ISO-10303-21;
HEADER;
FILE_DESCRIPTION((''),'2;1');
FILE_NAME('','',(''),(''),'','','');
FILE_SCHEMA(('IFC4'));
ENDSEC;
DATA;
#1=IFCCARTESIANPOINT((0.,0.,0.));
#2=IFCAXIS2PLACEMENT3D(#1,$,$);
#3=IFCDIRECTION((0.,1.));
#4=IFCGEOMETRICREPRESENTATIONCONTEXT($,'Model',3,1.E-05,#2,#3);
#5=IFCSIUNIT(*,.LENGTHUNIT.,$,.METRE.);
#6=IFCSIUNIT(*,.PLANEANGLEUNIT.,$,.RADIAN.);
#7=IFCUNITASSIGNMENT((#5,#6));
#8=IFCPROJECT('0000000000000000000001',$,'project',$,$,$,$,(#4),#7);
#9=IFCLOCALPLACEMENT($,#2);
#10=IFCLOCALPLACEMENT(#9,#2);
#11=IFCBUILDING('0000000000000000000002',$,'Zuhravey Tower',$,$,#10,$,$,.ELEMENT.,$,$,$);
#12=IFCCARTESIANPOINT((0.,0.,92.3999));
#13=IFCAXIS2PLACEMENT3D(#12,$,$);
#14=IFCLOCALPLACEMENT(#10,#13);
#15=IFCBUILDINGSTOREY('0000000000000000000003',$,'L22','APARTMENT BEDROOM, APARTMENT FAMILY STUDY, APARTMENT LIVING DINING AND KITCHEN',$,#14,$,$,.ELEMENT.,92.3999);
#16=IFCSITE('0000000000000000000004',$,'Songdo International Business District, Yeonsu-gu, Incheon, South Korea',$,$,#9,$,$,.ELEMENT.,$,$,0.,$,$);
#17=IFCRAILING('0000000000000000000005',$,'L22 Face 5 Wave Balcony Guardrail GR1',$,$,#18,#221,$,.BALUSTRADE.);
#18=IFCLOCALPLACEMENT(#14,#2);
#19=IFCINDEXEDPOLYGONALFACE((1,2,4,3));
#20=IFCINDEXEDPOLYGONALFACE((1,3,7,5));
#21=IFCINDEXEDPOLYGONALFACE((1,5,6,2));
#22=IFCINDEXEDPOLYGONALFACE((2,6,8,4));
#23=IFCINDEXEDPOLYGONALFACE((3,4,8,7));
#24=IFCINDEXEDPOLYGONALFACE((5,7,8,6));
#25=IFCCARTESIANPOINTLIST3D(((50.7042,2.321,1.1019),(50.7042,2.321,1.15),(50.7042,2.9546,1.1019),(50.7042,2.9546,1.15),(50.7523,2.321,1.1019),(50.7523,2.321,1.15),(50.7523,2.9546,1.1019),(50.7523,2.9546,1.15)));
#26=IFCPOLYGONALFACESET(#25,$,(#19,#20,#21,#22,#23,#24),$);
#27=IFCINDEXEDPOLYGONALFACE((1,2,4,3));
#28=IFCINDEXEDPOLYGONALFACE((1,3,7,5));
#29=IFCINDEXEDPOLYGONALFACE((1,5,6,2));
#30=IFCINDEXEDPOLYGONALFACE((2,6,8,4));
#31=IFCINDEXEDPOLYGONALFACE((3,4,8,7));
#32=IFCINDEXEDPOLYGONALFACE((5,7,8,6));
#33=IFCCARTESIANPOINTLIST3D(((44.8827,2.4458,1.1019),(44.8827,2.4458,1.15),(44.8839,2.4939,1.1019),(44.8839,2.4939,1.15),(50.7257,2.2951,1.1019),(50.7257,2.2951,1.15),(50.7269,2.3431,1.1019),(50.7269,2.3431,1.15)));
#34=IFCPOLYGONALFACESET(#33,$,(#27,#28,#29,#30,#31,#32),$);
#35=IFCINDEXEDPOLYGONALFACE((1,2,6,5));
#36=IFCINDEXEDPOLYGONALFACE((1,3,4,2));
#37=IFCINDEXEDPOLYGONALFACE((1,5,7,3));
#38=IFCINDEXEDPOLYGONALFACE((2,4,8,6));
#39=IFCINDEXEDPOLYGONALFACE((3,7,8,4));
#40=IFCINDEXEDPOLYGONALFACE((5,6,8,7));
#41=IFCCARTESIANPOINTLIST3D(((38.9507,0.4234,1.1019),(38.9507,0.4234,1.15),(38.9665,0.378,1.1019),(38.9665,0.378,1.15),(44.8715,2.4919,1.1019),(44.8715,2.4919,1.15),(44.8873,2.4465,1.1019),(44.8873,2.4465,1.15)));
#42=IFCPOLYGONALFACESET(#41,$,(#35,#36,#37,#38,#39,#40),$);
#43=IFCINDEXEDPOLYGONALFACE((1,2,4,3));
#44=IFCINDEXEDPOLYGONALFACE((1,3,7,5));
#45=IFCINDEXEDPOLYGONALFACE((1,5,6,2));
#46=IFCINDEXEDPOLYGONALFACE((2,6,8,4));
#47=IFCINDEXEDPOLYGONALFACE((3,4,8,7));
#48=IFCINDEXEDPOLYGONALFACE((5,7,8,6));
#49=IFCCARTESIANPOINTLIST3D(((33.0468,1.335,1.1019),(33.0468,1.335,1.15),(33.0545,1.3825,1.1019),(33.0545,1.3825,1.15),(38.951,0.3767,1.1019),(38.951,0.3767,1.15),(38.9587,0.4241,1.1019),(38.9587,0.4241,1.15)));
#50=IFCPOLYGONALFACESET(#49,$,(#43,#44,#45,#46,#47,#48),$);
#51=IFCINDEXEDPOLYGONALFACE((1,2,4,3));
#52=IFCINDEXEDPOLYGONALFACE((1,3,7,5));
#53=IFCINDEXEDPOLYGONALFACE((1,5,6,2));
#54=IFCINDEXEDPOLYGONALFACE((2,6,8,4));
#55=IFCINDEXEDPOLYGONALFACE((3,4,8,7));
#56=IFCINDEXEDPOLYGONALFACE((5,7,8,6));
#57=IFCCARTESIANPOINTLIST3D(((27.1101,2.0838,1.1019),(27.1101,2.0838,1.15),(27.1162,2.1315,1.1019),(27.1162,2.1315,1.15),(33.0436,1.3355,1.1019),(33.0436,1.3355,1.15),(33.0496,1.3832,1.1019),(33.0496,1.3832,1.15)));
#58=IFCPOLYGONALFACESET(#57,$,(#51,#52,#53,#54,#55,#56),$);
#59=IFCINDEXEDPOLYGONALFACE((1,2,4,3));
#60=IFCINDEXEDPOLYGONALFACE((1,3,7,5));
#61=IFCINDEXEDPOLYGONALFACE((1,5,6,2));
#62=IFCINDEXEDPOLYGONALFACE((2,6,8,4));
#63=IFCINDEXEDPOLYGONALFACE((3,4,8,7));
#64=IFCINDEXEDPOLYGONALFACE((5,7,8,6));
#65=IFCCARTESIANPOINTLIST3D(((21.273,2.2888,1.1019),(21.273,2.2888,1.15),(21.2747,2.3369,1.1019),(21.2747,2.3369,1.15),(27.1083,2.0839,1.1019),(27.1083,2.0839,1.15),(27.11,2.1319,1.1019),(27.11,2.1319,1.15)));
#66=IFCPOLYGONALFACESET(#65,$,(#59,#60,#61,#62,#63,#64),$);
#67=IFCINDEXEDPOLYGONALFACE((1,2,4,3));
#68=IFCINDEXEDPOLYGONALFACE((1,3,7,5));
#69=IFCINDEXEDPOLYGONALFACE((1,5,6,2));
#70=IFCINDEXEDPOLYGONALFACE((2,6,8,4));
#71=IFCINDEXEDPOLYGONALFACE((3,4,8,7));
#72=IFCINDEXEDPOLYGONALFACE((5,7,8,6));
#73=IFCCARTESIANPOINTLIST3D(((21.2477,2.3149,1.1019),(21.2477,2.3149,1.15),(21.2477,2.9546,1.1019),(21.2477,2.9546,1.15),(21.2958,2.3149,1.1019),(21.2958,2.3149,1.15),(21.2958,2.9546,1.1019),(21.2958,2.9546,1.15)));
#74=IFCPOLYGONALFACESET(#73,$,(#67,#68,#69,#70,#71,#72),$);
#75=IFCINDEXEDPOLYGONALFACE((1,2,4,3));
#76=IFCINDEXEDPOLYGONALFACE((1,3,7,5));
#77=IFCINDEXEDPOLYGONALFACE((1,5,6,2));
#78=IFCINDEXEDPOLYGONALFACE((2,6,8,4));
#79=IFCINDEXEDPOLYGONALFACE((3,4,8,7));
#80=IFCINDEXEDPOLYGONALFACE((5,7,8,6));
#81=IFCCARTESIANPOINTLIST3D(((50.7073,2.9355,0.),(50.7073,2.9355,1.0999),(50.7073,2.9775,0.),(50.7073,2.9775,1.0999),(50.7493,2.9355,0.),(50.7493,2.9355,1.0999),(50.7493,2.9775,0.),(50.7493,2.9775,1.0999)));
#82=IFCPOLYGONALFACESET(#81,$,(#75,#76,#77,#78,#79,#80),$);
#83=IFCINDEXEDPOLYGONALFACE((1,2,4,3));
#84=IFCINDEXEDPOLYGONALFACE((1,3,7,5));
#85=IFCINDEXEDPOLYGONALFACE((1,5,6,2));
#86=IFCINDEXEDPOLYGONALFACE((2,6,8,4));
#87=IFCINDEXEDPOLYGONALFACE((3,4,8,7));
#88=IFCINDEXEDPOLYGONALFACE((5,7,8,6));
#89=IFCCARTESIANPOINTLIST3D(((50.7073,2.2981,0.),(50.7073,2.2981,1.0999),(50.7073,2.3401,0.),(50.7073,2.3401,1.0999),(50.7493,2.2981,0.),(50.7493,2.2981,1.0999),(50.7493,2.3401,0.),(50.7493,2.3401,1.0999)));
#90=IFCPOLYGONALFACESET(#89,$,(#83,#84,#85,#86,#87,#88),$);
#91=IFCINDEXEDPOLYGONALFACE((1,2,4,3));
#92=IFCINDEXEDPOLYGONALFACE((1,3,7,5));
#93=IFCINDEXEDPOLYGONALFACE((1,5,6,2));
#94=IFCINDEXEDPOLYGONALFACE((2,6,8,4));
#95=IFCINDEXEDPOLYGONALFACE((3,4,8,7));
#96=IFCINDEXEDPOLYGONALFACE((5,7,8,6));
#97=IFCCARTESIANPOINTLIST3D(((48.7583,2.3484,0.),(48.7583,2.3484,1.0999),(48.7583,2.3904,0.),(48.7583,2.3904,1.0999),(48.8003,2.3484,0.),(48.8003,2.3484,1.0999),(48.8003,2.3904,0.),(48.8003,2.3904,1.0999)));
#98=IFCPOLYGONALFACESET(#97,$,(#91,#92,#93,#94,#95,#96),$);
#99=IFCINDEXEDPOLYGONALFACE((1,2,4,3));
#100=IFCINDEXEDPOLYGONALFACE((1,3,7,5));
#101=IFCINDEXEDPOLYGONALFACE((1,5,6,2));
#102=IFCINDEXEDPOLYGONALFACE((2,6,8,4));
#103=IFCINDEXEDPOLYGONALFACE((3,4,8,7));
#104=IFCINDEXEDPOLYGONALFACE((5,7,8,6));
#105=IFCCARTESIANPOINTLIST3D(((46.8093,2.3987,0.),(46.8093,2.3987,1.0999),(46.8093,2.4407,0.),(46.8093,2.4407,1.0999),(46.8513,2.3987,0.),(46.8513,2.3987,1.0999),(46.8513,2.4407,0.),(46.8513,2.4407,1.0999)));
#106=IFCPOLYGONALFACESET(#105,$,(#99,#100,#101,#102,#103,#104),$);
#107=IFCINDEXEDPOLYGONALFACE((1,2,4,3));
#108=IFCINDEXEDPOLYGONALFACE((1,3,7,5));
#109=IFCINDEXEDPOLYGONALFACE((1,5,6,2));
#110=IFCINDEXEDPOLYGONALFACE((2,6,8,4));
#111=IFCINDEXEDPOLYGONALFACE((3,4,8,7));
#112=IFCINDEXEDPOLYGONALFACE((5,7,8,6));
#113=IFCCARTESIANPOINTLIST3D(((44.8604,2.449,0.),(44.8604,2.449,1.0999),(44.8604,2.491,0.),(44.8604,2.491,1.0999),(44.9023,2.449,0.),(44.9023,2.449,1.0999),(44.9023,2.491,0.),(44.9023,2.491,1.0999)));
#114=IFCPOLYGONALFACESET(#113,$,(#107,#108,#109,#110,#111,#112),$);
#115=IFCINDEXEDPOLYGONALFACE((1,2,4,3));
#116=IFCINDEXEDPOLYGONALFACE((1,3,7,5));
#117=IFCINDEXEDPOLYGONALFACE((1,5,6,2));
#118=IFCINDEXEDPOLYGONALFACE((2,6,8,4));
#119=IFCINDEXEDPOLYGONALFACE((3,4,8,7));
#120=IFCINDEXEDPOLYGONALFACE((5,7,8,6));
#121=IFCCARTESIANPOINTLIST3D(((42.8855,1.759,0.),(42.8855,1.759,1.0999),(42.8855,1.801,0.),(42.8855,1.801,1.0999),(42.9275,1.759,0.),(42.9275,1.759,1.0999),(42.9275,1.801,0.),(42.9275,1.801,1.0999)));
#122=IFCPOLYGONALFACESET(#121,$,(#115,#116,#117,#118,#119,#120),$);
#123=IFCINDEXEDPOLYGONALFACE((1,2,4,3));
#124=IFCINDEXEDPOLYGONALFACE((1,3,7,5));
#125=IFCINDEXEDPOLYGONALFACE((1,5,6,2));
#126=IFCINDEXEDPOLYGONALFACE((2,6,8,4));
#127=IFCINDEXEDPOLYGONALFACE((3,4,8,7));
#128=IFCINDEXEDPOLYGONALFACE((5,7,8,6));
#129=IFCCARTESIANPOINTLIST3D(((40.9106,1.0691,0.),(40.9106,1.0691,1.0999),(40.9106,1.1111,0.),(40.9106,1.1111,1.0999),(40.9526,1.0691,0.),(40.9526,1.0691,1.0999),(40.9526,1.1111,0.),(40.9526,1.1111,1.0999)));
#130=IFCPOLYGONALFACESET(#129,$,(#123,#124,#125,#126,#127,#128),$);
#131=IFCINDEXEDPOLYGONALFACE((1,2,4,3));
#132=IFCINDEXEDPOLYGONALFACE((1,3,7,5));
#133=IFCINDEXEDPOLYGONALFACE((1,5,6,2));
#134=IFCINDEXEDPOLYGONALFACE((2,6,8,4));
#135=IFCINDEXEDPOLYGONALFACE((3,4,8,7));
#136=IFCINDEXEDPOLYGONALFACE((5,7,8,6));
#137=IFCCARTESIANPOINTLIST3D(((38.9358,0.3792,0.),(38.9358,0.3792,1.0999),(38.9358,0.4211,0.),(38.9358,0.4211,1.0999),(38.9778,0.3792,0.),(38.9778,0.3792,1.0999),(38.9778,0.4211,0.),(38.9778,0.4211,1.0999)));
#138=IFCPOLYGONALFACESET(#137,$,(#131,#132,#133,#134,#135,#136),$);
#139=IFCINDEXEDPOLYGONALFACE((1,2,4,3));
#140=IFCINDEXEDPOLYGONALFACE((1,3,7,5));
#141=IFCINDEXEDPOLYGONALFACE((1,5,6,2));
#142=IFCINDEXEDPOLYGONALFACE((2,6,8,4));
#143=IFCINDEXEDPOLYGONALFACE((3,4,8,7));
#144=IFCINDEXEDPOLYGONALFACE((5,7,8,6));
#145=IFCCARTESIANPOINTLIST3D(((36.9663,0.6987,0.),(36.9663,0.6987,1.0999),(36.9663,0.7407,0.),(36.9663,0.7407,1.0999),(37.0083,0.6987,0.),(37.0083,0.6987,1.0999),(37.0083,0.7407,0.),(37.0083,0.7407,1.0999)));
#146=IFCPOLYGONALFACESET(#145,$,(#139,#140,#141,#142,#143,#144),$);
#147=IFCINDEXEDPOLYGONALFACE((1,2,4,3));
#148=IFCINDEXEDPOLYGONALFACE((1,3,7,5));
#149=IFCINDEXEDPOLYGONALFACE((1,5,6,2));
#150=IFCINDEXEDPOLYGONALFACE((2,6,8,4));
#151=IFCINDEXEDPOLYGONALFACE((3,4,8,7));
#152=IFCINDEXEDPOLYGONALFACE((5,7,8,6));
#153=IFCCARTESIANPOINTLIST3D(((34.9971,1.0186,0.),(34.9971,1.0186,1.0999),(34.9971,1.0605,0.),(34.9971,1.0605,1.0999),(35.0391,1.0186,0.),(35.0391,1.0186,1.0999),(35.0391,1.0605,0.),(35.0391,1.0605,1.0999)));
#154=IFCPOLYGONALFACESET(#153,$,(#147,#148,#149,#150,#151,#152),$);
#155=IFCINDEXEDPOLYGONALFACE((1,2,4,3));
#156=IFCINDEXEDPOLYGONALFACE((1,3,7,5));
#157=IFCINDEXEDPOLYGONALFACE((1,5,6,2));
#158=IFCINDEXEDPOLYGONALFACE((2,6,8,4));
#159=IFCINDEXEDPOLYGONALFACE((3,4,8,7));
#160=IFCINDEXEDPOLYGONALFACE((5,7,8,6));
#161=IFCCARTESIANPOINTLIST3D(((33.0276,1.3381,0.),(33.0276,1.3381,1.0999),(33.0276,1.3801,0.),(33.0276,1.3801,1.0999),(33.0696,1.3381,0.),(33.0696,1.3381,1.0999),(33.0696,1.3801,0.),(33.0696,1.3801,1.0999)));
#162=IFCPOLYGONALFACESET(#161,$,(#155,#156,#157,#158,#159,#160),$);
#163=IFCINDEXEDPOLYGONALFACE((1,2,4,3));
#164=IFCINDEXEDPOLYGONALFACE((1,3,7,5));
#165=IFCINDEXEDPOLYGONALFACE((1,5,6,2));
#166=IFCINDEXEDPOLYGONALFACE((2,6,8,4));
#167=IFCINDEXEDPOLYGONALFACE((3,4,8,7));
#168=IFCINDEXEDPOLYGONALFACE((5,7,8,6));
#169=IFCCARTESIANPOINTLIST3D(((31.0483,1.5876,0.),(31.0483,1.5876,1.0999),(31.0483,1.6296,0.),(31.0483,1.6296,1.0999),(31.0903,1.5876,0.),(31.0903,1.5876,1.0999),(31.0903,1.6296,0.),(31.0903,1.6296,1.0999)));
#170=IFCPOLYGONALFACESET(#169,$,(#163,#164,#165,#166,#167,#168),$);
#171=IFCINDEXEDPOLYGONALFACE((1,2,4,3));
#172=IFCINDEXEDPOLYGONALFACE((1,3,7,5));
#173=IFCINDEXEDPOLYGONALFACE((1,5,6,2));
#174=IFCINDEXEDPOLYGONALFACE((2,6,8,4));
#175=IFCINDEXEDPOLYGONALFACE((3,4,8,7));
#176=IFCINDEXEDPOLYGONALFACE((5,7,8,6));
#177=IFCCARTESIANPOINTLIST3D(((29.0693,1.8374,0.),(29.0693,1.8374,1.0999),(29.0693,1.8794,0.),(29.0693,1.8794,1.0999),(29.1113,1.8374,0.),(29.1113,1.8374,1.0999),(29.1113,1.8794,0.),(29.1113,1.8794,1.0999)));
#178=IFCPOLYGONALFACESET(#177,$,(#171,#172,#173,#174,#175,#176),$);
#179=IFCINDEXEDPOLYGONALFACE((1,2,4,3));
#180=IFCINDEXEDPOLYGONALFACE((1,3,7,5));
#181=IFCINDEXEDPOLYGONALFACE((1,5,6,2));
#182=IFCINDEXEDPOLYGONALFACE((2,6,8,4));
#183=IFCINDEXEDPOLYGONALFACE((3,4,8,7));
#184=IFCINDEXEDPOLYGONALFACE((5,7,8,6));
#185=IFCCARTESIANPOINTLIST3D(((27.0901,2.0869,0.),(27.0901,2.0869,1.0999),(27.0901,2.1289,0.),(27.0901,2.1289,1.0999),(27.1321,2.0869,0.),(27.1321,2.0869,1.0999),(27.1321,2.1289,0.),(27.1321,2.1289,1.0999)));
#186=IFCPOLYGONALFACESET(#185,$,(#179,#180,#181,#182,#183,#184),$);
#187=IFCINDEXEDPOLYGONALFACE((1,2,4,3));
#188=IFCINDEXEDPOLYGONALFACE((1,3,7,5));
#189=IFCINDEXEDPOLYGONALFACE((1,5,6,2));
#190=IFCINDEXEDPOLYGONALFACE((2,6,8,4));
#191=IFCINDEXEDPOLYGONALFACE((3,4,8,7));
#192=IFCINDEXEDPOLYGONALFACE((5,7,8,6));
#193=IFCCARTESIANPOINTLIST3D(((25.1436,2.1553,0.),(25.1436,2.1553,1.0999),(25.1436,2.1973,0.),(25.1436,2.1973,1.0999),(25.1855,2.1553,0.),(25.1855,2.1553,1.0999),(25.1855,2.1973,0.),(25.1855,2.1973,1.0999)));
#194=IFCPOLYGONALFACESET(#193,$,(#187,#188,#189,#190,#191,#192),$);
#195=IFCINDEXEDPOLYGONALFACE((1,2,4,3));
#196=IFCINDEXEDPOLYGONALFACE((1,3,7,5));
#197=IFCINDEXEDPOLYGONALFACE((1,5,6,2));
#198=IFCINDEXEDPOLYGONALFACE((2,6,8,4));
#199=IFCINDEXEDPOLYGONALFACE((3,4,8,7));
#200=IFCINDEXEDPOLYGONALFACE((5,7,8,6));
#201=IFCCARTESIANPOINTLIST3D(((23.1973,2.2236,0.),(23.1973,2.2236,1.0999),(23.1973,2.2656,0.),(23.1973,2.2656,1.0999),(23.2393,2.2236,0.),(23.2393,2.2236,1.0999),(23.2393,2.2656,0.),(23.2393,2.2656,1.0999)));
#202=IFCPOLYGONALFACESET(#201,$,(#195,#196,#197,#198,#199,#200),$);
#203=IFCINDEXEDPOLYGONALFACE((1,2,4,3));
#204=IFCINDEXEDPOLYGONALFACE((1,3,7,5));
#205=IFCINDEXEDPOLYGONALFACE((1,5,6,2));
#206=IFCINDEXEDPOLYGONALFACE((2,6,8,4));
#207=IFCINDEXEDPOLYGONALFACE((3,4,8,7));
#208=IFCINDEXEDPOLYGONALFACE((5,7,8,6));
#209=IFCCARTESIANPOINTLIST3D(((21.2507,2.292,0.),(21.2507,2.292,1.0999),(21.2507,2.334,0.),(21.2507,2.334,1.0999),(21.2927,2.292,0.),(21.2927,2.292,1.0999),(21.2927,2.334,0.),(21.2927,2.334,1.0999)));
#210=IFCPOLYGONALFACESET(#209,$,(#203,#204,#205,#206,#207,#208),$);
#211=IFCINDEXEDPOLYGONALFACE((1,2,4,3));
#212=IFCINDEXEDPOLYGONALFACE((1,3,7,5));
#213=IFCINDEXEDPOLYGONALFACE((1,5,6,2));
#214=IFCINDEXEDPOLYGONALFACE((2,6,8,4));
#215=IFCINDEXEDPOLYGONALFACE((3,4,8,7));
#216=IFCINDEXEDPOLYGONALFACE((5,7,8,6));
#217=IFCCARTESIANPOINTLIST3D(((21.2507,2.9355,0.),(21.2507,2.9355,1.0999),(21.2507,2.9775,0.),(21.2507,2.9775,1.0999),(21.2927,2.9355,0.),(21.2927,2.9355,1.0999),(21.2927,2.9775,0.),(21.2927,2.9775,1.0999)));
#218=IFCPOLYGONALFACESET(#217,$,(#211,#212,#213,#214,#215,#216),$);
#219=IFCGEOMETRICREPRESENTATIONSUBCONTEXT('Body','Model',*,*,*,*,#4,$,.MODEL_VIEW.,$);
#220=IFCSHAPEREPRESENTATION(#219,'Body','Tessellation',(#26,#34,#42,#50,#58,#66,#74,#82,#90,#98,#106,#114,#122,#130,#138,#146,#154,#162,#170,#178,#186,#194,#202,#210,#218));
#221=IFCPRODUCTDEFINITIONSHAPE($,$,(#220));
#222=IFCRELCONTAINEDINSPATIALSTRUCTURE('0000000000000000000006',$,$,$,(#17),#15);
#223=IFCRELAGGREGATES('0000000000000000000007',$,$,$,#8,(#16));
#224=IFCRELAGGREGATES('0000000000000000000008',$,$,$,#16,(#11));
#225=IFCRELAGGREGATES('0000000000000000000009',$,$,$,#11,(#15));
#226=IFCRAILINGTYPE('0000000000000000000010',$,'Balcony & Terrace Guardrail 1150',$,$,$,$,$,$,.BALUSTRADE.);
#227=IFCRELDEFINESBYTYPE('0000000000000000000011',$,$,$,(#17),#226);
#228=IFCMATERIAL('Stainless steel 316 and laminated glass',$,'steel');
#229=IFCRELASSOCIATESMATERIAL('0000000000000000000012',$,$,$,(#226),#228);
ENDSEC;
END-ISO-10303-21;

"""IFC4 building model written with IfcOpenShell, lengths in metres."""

from ifc_helpers import new_model, si_unit, direction, frame, origin, origin_2d, place, context, subcontext, project, spatial, rectangle, extrude, material, type_object, element, save


model = new_model("IFC4")

# Units and contexts
model_context = context("Model", 3, precision=1e-05, world=origin(), true_north=direction((0.0, 1.0)))
body_context = subcontext(model_context, "Body", "Model", "MODEL_VIEW")
ifc_project = project(units=[si_unit("LENGTHUNIT", "METRE"), si_unit("PLANEANGLEUNIT", "RADIAN")], contexts=[model_context])

# Site, building, storey
site_placement = place(None, origin())
site = spatial("IfcSite", under=ifc_project, at=site_placement, Name="Songdo International Business District, Yeonsu-gu, Incheon, South Korea", CompositionType="ELEMENT", RefElevation=0.0)
building_placement = place(site_placement, origin())
building = spatial("IfcBuilding", under=site, at=building_placement, Name="Zuhravey Tower", CompositionType="ELEMENT")
storey_placement = place(building_placement, frame((0.0, 0.0, 92.3999)))
storey = spatial("IfcBuildingStorey", under=building, at=storey_placement, Name="L22", Description="APARTMENT BEDROOM, APARTMENT FAMILY STUDY, APARTMENT LIVING DINING AND KITCHEN", CompositionType="ELEMENT", Elevation=92.3999)

# Railing
ifc_material_1 = material(Name="Stainless steel 316 and laminated glass", Category="steel")
railing_type = type_object("IfcRailingType", Name="Balcony & Terrace Guardrail 1150", PredefinedType="BALUSTRADE", material=ifc_material_1)
railing_placement = place(storey_placement, frame((50.7283, 2.9565, 0.0)))
element("IfcRailing", 1, at=railing_placement, inside=storey, type_object=railing_type, Name="L22 Face 5 Wave Balcony Guardrail GR1", PredefinedType="BALUSTRADE", context=body_context, shape_type="SweptSolid", body=[
    extrude(rectangle(XDim=0.0481, YDim=0.0481, at=origin_2d()), frame((0.0, -0.002, 1.126), z_axis=(0.0, -1.0, 0.0), x_axis=(1.0, 0.0, 0.0)), (0.0, 0.0, 1.0), 0.6335),
    extrude(rectangle(XDim=0.0481, YDim=0.0481, at=origin_2d()), frame((-0.002, -0.6375, 1.126), z_axis=(-0.999667, 0.025796, 0.0), x_axis=(-0.025796, -0.999667, 0.0)), (0.0, 0.0, 1.0), 5.845),
    extrude(rectangle(XDim=0.0481, YDim=0.0481, at=origin_2d()), frame((-5.8489, -0.4873, 1.126), z_axis=(-0.944046, -0.329815, 0.0), x_axis=(0.329815, -0.944046, 0.0)), (0.0, 0.0, 1.0), 6.2717),
    extrude(rectangle(XDim=0.0481, YDim=0.0481, at=origin_2d()), frame((-11.7734, -2.5562, 1.126), z_axis=(-0.987082, 0.160217, 0.0), x_axis=(-0.160217, -0.987082, 0.0)), (0.0, 0.0, 1.0), 5.9814),
    extrude(rectangle(XDim=0.0481, YDim=0.0481, at=origin_2d()), frame((-17.6816, -1.5972, 1.126), z_axis=(-0.992142, 0.125119, 0.0), x_axis=(-0.125119, -0.992142, 0.0)), (0.0, 0.0, 1.0), 5.9805),
    extrude(rectangle(XDim=0.0481, YDim=0.0481, at=origin_2d()), frame((-23.6191, -0.8486, 1.126), z_axis=(-0.999384, 0.035098, 0.0), x_axis=(-0.035098, -0.999384, 0.0)), (0.0, 0.0, 1.0), 5.8389),
    extrude(rectangle(XDim=0.0481, YDim=0.0481, at=origin_2d()), frame((-29.4565, -0.6416, 1.126), z_axis=(0.0, 1.0, 0.0), x_axis=(-1.0, 0.0, 0.0)), (0.0, 0.0, 1.0), 0.6396),
    extrude(rectangle(XDim=0.042, YDim=0.042, at=origin_2d()), origin(), (0.0, 0.0, 1.0), 1.0999),
    extrude(rectangle(XDim=0.042, YDim=0.042, at=origin_2d()), frame((0.0, -0.6375, 0.0)), (0.0, 0.0, 1.0), 1.0999),
    extrude(rectangle(XDim=0.042, YDim=0.042, at=origin_2d()), frame((-1.949, -0.5872, 0.0)), (0.0, 0.0, 1.0), 1.0999),
    extrude(rectangle(XDim=0.042, YDim=0.042, at=origin_2d()), frame((-3.8979, -0.5369, 0.0)), (0.0, 0.0, 1.0), 1.0999),
    extrude(rectangle(XDim=0.042, YDim=0.042, at=origin_2d()), frame((-5.8469, -0.4866, 0.0)), (0.0, 0.0, 1.0), 1.0999),
    extrude(rectangle(XDim=0.042, YDim=0.042, at=origin_2d()), frame((-7.8218, -1.1765, 0.0)), (0.0, 0.0, 1.0), 1.0999),
    extrude(rectangle(XDim=0.042, YDim=0.042, at=origin_2d()), frame((-9.7966, -1.8665, 0.0)), (0.0, 0.0, 1.0), 1.0999),
    extrude(rectangle(XDim=0.042, YDim=0.042, at=origin_2d()), frame((-11.7715, -2.5564, 0.0)), (0.0, 0.0, 1.0), 1.0999),
    extrude(rectangle(XDim=0.042, YDim=0.042, at=origin_2d()), frame((-13.741, -2.2368, 0.0)), (0.0, 0.0, 1.0), 1.0999),
    extrude(rectangle(XDim=0.042, YDim=0.042, at=origin_2d()), frame((-15.7102, -1.917, 0.0)), (0.0, 0.0, 1.0), 1.0999),
    extrude(rectangle(XDim=0.042, YDim=0.042, at=origin_2d()), frame((-17.6797, -1.5974, 0.0)), (0.0, 0.0, 1.0), 1.0999),
    extrude(rectangle(XDim=0.042, YDim=0.042, at=origin_2d()), frame((-19.6589, -1.3479, 0.0)), (0.0, 0.0, 1.0), 1.0999),
    extrude(rectangle(XDim=0.042, YDim=0.042, at=origin_2d()), frame((-21.6379, -1.0981, 0.0)), (0.0, 0.0, 1.0), 1.0999),
    extrude(rectangle(XDim=0.042, YDim=0.042, at=origin_2d()), frame((-23.6172, -0.8486, 0.0)), (0.0, 0.0, 1.0), 1.0999),
    extrude(rectangle(XDim=0.042, YDim=0.042, at=origin_2d()), frame((-25.5637, -0.7803, 0.0)), (0.0, 0.0, 1.0), 1.0999),
    extrude(rectangle(XDim=0.042, YDim=0.042, at=origin_2d()), frame((-27.51, -0.7119, 0.0)), (0.0, 0.0, 1.0), 1.0999),
    extrude(rectangle(XDim=0.042, YDim=0.042, at=origin_2d()), frame((-29.4565, -0.6436, 0.0)), (0.0, 0.0, 1.0), 1.0999),
    extrude(rectangle(XDim=0.042, YDim=0.042, at=origin_2d()), frame((-29.4565, 0.0, 0.0)), (0.0, 0.0, 1.0), 1.0999),
])

save(model, "model.ifc")
